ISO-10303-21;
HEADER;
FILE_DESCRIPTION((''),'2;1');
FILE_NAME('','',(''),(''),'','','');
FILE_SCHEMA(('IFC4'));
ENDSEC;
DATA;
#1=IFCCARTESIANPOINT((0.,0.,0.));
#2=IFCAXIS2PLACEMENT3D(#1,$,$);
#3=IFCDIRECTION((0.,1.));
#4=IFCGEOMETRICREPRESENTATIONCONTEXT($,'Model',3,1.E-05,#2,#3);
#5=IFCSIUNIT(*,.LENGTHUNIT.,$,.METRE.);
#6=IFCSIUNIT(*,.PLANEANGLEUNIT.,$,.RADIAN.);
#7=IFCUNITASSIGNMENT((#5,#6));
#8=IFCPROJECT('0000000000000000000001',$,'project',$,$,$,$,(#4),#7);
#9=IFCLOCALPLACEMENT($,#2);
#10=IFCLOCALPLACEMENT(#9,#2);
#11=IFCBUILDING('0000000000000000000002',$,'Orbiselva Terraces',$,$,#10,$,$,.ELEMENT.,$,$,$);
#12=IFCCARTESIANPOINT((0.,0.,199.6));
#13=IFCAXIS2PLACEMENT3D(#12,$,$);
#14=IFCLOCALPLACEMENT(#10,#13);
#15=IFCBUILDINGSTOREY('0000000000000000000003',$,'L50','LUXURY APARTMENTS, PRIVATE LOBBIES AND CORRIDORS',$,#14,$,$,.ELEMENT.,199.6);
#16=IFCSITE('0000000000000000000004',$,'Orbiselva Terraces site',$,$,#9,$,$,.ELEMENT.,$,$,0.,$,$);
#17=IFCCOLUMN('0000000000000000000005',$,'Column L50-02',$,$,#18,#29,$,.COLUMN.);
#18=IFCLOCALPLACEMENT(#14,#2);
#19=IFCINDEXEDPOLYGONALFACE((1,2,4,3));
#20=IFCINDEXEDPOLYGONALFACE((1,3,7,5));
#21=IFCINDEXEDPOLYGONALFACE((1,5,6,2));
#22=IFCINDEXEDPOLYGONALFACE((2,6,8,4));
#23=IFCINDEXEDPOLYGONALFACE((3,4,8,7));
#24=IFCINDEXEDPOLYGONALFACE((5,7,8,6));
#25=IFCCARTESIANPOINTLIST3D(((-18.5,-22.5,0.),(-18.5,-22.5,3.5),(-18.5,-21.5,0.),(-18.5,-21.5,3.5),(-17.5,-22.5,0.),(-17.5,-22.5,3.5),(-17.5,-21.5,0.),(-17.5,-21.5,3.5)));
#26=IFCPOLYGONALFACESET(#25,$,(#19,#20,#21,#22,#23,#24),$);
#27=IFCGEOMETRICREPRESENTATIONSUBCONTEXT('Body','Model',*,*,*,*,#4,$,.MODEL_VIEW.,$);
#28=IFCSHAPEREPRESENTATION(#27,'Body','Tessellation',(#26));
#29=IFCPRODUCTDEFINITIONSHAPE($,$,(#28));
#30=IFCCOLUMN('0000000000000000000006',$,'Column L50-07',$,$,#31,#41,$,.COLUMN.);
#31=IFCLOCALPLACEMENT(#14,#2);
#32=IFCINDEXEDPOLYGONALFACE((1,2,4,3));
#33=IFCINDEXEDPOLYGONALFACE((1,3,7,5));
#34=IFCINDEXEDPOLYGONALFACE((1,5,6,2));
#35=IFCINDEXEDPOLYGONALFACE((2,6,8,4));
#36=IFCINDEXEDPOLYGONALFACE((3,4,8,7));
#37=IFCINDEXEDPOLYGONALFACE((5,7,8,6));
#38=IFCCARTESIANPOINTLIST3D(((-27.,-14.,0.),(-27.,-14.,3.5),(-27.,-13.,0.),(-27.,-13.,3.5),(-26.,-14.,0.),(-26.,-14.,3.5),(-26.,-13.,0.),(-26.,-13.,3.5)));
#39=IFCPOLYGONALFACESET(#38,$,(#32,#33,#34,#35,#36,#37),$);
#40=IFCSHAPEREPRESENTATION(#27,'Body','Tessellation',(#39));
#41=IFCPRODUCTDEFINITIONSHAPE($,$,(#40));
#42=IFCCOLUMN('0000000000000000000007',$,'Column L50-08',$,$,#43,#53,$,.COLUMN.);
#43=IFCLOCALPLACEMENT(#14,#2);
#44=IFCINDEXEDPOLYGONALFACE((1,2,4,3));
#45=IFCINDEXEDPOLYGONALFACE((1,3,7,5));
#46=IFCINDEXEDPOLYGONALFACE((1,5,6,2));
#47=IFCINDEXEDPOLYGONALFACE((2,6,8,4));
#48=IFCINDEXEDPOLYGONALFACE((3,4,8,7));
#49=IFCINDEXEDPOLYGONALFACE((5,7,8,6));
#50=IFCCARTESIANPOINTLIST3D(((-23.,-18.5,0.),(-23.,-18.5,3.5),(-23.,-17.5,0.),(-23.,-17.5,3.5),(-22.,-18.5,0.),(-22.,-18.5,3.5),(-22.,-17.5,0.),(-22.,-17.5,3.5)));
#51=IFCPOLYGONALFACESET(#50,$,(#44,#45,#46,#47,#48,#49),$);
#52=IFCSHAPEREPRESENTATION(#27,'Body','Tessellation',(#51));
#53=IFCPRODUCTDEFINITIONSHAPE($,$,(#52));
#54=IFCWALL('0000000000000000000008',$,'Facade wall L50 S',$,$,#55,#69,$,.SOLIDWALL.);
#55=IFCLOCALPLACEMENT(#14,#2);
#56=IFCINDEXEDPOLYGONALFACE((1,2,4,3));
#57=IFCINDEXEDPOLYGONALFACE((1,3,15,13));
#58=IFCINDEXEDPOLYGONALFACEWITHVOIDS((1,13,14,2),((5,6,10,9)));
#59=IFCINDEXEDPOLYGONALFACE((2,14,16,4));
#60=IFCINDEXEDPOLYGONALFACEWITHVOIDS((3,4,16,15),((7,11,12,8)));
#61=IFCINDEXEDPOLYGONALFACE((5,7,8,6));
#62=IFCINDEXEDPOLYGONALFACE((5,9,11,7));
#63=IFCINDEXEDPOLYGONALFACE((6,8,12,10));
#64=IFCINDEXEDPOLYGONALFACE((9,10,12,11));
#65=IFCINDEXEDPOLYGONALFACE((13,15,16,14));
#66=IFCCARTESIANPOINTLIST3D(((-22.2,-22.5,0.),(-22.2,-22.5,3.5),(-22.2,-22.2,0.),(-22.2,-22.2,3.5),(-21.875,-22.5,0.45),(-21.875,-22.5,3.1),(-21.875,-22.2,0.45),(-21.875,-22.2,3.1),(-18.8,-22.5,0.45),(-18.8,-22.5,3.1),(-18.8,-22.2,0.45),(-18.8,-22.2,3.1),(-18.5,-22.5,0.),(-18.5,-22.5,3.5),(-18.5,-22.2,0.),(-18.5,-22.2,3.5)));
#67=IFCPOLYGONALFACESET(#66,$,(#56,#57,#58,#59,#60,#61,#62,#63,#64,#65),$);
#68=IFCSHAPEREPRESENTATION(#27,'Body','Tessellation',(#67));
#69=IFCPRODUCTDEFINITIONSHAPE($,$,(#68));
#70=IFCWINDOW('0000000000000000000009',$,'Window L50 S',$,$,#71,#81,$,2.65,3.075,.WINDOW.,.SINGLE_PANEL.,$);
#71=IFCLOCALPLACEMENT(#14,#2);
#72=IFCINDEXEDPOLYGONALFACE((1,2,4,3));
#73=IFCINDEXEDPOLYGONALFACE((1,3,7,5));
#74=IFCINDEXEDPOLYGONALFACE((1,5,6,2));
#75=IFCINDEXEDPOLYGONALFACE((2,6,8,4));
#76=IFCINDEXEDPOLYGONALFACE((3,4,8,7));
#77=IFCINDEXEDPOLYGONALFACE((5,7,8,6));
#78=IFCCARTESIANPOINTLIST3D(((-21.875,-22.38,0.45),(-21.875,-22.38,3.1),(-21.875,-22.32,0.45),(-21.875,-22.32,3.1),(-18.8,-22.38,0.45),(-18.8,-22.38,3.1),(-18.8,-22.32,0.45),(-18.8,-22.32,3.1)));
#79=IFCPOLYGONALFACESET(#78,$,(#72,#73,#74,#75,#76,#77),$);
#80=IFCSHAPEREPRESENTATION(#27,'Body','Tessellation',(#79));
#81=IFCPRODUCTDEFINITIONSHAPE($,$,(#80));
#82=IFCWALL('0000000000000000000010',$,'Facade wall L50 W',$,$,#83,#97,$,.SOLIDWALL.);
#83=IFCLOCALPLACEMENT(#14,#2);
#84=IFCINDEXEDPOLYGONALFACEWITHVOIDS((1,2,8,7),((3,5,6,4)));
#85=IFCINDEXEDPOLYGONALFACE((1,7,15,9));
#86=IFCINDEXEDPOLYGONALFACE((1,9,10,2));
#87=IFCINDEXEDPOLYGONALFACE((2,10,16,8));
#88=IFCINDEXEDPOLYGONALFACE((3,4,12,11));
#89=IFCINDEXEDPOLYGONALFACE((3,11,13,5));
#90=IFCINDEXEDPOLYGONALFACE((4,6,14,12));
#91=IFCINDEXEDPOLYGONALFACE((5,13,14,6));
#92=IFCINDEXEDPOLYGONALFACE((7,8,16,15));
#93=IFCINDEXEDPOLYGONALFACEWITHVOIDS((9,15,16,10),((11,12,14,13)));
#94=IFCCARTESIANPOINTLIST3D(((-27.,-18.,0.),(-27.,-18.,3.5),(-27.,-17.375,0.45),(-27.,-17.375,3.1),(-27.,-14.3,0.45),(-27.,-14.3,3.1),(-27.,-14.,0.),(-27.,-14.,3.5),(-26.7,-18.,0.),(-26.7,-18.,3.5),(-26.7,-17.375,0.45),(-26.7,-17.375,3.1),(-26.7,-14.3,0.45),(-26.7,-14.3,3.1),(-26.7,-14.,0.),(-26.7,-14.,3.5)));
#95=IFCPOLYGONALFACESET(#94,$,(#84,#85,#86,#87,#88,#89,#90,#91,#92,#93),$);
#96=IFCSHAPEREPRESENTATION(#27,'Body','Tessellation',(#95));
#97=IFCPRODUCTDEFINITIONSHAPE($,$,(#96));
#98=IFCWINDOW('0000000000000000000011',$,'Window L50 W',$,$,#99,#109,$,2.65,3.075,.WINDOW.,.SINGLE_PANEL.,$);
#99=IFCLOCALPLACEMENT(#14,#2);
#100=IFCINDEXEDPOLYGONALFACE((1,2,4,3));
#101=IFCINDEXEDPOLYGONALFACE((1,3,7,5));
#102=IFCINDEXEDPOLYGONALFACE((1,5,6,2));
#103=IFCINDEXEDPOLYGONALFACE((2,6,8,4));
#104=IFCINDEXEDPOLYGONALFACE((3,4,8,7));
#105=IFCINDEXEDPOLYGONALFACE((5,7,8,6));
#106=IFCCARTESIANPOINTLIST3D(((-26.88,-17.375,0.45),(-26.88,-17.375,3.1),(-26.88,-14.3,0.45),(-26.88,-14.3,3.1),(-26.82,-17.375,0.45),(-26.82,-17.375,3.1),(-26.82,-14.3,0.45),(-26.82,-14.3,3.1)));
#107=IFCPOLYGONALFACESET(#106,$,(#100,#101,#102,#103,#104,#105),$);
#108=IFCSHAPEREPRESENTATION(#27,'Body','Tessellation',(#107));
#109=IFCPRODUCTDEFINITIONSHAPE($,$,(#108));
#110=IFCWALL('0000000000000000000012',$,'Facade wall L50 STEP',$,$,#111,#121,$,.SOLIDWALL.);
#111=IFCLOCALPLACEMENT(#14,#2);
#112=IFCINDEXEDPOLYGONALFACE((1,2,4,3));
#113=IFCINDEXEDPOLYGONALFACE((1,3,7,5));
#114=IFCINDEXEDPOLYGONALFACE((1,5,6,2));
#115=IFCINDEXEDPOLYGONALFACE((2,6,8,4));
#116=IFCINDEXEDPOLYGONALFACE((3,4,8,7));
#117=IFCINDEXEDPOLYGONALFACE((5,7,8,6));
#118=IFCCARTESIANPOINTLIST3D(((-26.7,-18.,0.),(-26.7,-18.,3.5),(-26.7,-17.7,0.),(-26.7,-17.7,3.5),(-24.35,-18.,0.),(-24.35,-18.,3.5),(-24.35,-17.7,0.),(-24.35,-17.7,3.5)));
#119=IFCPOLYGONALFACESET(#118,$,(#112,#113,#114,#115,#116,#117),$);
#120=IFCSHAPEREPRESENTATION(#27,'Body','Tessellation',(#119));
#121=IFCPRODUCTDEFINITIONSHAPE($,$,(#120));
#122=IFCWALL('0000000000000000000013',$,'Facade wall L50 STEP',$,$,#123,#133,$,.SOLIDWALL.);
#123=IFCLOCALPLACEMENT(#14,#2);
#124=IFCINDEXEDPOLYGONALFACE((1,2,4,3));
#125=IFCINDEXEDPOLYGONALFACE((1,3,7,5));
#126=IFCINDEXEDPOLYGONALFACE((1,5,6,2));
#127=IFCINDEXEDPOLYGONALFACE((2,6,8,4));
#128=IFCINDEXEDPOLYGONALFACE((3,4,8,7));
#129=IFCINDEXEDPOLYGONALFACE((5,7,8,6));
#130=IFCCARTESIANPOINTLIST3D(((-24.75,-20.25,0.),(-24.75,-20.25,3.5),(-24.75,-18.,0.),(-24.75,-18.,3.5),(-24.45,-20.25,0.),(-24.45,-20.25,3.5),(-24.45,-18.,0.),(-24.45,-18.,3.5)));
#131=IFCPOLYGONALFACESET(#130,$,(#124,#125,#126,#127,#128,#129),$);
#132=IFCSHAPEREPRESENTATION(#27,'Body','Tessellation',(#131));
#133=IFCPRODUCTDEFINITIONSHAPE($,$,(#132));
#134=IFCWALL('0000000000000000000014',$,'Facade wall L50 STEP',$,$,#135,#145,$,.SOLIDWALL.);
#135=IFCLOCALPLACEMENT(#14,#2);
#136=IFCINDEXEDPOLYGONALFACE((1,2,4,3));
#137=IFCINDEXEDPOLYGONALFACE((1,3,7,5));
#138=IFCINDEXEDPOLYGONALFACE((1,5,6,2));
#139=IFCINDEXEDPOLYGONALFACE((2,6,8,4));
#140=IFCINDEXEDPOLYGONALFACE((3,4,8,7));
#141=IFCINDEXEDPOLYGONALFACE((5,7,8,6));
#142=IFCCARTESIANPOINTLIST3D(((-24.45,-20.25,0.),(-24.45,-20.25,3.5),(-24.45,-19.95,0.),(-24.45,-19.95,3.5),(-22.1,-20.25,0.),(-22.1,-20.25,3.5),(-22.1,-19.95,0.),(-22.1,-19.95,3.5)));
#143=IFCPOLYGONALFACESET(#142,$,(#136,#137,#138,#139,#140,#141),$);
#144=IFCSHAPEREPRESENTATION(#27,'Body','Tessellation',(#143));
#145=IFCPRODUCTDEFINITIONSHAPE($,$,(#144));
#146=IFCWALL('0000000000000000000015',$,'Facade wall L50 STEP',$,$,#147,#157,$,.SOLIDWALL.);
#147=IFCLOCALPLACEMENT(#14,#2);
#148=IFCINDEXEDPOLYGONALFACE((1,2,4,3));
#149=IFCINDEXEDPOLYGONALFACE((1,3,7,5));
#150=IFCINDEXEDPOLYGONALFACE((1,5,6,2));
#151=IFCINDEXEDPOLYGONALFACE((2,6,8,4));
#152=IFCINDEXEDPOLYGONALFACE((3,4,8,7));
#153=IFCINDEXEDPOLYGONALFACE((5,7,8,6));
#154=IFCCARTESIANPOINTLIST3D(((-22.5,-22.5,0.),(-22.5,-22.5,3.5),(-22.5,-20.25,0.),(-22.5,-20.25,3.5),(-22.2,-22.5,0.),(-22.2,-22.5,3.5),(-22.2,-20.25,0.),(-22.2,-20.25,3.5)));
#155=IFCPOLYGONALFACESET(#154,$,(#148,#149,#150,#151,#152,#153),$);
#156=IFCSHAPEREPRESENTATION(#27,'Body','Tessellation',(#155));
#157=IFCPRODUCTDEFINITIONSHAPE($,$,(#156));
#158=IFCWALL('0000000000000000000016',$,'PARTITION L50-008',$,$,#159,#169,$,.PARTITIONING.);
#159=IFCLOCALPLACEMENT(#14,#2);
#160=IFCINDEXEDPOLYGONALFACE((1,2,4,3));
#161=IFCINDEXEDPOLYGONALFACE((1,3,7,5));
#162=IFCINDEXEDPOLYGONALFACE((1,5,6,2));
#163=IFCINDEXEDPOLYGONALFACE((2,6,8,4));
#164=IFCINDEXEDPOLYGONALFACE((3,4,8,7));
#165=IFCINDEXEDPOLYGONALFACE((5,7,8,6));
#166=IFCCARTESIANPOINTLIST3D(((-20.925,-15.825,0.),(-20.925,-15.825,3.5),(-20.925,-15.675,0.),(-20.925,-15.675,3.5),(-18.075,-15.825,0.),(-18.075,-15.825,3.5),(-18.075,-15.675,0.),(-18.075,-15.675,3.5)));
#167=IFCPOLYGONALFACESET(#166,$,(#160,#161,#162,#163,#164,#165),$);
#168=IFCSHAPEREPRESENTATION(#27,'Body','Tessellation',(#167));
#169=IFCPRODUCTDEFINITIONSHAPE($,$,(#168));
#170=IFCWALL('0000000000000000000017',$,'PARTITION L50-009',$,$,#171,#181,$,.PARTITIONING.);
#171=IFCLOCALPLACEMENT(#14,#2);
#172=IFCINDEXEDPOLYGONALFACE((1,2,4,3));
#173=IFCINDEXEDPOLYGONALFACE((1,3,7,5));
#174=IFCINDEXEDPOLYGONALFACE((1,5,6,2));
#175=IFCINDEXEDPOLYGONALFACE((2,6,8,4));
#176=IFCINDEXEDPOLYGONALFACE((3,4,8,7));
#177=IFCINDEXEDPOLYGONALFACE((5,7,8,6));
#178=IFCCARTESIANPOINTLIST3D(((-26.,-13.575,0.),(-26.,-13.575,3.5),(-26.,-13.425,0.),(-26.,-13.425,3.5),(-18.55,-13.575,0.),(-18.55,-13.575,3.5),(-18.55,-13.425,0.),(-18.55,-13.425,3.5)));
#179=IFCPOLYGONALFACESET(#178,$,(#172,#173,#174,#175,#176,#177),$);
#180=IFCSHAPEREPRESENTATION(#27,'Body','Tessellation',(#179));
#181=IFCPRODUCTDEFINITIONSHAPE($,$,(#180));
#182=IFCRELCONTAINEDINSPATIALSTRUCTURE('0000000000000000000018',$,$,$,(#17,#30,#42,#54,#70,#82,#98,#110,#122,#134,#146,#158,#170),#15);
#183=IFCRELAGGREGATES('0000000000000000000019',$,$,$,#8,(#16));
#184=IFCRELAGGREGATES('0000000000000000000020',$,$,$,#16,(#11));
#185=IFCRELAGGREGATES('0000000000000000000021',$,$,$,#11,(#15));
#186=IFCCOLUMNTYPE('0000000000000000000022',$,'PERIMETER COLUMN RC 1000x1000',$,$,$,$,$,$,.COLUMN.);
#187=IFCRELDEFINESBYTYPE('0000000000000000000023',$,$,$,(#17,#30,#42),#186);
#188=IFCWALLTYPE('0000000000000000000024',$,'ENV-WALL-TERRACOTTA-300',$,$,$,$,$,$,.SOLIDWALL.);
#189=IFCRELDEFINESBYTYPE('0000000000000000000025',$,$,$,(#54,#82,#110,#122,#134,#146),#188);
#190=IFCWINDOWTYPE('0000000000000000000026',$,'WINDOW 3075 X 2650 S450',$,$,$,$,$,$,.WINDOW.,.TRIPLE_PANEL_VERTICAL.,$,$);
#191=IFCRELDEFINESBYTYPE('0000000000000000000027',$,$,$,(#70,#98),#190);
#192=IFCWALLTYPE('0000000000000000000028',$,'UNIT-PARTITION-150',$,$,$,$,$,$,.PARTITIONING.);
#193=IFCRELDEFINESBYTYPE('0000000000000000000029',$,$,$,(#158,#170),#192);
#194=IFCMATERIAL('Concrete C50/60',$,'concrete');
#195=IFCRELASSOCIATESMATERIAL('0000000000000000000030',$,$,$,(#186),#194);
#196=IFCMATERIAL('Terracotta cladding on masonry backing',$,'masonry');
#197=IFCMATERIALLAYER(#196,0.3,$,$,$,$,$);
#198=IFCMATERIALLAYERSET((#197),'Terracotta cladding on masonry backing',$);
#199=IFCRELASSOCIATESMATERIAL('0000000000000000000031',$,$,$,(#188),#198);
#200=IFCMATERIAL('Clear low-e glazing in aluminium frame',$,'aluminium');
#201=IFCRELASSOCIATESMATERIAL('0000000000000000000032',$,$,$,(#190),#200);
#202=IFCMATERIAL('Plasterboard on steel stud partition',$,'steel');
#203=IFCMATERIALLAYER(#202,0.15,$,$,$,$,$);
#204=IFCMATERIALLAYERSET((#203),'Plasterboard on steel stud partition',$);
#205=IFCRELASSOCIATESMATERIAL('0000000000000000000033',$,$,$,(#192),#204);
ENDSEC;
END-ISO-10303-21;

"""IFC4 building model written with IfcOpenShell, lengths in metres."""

from ifc_helpers import new_model, si_unit, direction, frame, frame_2d, origin, origin_2d, place, context, subcontext, project, spatial, rectangle, extrude, material, layer, layer_set, material_profile, profile_set, type_object, element, fill, save


model = new_model("IFC4")

# Units and contexts
model_context = context("Model", 3, precision=1e-05, world=origin(), true_north=direction((0.0, 1.0)))
body_context = subcontext(model_context, "Body", "Model", "MODEL_VIEW")
ifc_project = project(units=[si_unit("LENGTHUNIT", "METRE"), si_unit("PLANEANGLEUNIT", "RADIAN")], contexts=[model_context])

# Site, building, storey
site_placement = place(None, origin())
site = spatial("IfcSite", under=ifc_project, at=site_placement, Name="Orbiselva Terraces site", CompositionType="ELEMENT", RefElevation=0.0)
building_placement = place(site_placement, origin())
building = spatial("IfcBuilding", under=site, at=building_placement, Name="Orbiselva Terraces", CompositionType="ELEMENT")
storey_placement = place(building_placement, frame((0.0, 0.0, 199.6)))
storey = spatial("IfcBuildingStorey", under=building, at=storey_placement, Name="L50", Description="LUXURY APARTMENTS, PRIVATE LOBBIES AND CORRIDORS", CompositionType="ELEMENT", Elevation=199.6)

# Columns
ifc_material_1 = material(Name="Concrete C50/60", Category="concrete")
ifc_material_profile = material_profile(ifc_material_1, rectangle(XDim=1.0, YDim=1.0, at=origin_2d()), Name="RC 1000x1000")
ifc_profile_set = profile_set([ifc_material_profile], Name="Concrete C50/60")
column_type = type_object("IfcColumnType", Name="PERIMETER COLUMN RC 1000x1000", PredefinedType="COLUMN", material=ifc_profile_set)
for number, where, z_axis, x_axis, name in (
    (1, (-18.0, -22.0, 0.0), (0.0, 0.0, 1.0), (1.0, 0.0, 0.0), "Column L50-02"),
    (2, (-26.5, -13.5, 0.0), (0.0, 0.0, 1.0), (1.0, 0.0, 0.0), "Column L50-07"),
    (3, (-22.5, -18.0, 0.0), (0.0, 0.0, 1.0), (1.0, 0.0, 0.0), "Column L50-08"),
):
    element("IfcColumn", number, at=place(storey_placement, frame(where, z_axis=z_axis, x_axis=x_axis)), inside=storey, type_object=column_type, Name=name, PredefinedType="COLUMN", context=body_context, shape_type="SweptSolid", body=[
        extrude(rectangle(XDim=1.0, YDim=1.0, at=origin_2d()), origin(), (0.0, 0.0, 1.0), 3.5),
    ])

# Walls, openings, windows
ifc_material_2 = material(Name="Terracotta cladding on masonry backing", Category="masonry")
ifc_layer_1 = layer(ifc_material_2, 0.3)
ifc_layer_set_1 = layer_set([ifc_layer_1], Name="Terracotta cladding on masonry backing")
wall_type_1 = type_object("IfcWallType", Name="ENV-WALL-TERRACOTTA-300", PredefinedType="SOLIDWALL", material=ifc_layer_set_1)
wall_1_placement = place(storey_placement, frame((-18.5, -22.35, 0.0), z_axis=(0.0, 0.0, 1.0), x_axis=(-1.0, 0.0, 0.0)))
wall_1 = element("IfcWall", 4, at=wall_1_placement, inside=storey, type_object=wall_type_1, Name="Facade wall L50 S", PredefinedType="SOLIDWALL", context=body_context, shape_type="SweptSolid", body=[
    extrude(rectangle(XDim=3.7, YDim=0.3, at=frame_2d((1.85, 0.0))), origin(), (0.0, 0.0, 1.0), 3.5),
])
opening_1_placement = place(wall_1_placement, frame((0.3, 0.0, 0.45)))
opening_1 = element("IfcOpeningElement", 5, at=opening_1_placement, cuts=wall_1, PredefinedType="OPENING", context=body_context, shape_type="SweptSolid", body=[
    extrude(rectangle(XDim=3.075, YDim=2.65, at=frame_2d((1.5375, 1.325))), frame((0.0, 0.16, 0.0), z_axis=(0.0, -1.0, 0.0), x_axis=(1.0, 0.0, 0.0)), (0.0, 0.0, 1.0), 0.32),
])
ifc_material_3 = material(Name="Clear low-e glazing in aluminium frame", Category="aluminium")
window_type = type_object("IfcWindowType", Name="WINDOW 3075 X 2650 S450", PartitioningType="TRIPLE_PANEL_VERTICAL", PredefinedType="WINDOW", material=ifc_material_3)
window_1_placement = place(opening_1_placement, origin())
window_1 = element("IfcWindow", 6, at=window_1_placement, inside=storey, type_object=window_type, Name="Window L50 S", OverallHeight=2.65, OverallWidth=3.075, PartitioningType="SINGLE_PANEL", PredefinedType="WINDOW", context=body_context, shape_type="SweptSolid", body=[
    extrude(rectangle(XDim=3.075, YDim=2.65, at=frame_2d((1.5375, 1.325))), frame((0.0, 0.03, 0.0), z_axis=(0.0, -1.0, 0.0), x_axis=(1.0, 0.0, 0.0)), (0.0, 0.0, 1.0), 0.06),
])
fill(opening_1, window_1)
wall_2_placement = place(storey_placement, frame((-26.85, -18.0, 0.0), z_axis=(0.0, 0.0, 1.0), x_axis=(0.0, 1.0, 0.0)))
wall_2 = element("IfcWall", 7, at=wall_2_placement, inside=storey, type_object=wall_type_1, Name="Facade wall L50 W", PredefinedType="SOLIDWALL", context=body_context, shape_type="SweptSolid", body=[
    extrude(rectangle(XDim=4.0, YDim=0.3, at=frame_2d((2.0, 0.0))), origin(), (0.0, 0.0, 1.0), 3.5),
])
opening_2_placement = place(wall_2_placement, frame((0.625, 0.0, 0.45)))
opening_2 = element("IfcOpeningElement", 8, at=opening_2_placement, cuts=wall_2, PredefinedType="OPENING", context=body_context, shape_type="SweptSolid", body=[
    extrude(rectangle(XDim=3.075, YDim=2.65, at=frame_2d((1.5375, 1.325))), frame((0.0, 0.16, 0.0), z_axis=(0.0, -1.0, 0.0), x_axis=(1.0, 0.0, 0.0)), (0.0, 0.0, 1.0), 0.32),
])
window_2_placement = place(opening_2_placement, origin())
window_2 = element("IfcWindow", 9, at=window_2_placement, inside=storey, type_object=window_type, Name="Window L50 W", OverallHeight=2.65, OverallWidth=3.075, PartitioningType="SINGLE_PANEL", PredefinedType="WINDOW", context=body_context, shape_type="SweptSolid", body=[
    extrude(rectangle(XDim=3.075, YDim=2.65, at=frame_2d((1.5375, 1.325))), frame((0.0, 0.03, 0.0), z_axis=(0.0, -1.0, 0.0), x_axis=(1.0, 0.0, 0.0)), (0.0, 0.0, 1.0), 0.06),
])
fill(opening_2, window_2)

# Walls
wall_3_placement = place(storey_placement, frame((-24.35, -17.85, 0.0), z_axis=(0.0, 0.0, 1.0), x_axis=(-1.0, 0.0, 0.0)))
element("IfcWall", 10, at=wall_3_placement, inside=storey, type_object=wall_type_1, Name="Facade wall L50 STEP", PredefinedType="SOLIDWALL", context=body_context, shape_type="SweptSolid", body=[
    extrude(rectangle(XDim=2.35, YDim=0.3, at=frame_2d((1.175, 0.0))), origin(), (0.0, 0.0, 1.0), 3.5),
])
wall_4_placement = place(storey_placement, frame((-24.6, -20.25, 0.0), z_axis=(0.0, 0.0, 1.0), x_axis=(0.0, 1.0, 0.0)))
element("IfcWall", 11, at=wall_4_placement, inside=storey, type_object=wall_type_1, Name="Facade wall L50 STEP", PredefinedType="SOLIDWALL", context=body_context, shape_type="SweptSolid", body=[
    extrude(rectangle(XDim=2.25, YDim=0.3, at=frame_2d((1.125, 0.0))), origin(), (0.0, 0.0, 1.0), 3.5),
])
wall_5_placement = place(storey_placement, frame((-22.1, -20.1, 0.0), z_axis=(0.0, 0.0, 1.0), x_axis=(-1.0, 0.0, 0.0)))
element("IfcWall", 12, at=wall_5_placement, inside=storey, type_object=wall_type_1, Name="Facade wall L50 STEP", PredefinedType="SOLIDWALL", context=body_context, shape_type="SweptSolid", body=[
    extrude(rectangle(XDim=2.35, YDim=0.3, at=frame_2d((1.175, 0.0))), origin(), (0.0, 0.0, 1.0), 3.5),
])
wall_6_placement = place(storey_placement, frame((-22.35, -22.5, 0.0), z_axis=(0.0, 0.0, 1.0), x_axis=(0.0, 1.0, 0.0)))
element("IfcWall", 13, at=wall_6_placement, inside=storey, type_object=wall_type_1, Name="Facade wall L50 STEP", PredefinedType="SOLIDWALL", context=body_context, shape_type="SweptSolid", body=[
    extrude(rectangle(XDim=2.25, YDim=0.3, at=frame_2d((1.125, 0.0))), origin(), (0.0, 0.0, 1.0), 3.5),
])
ifc_material_4 = material(Name="Plasterboard on steel stud partition", Category="steel")
ifc_layer_2 = layer(ifc_material_4, 0.15)
ifc_layer_set_2 = layer_set([ifc_layer_2], Name="Plasterboard on steel stud partition")
wall_type_2 = type_object("IfcWallType", Name="UNIT-PARTITION-150", PredefinedType="PARTITIONING", material=ifc_layer_set_2)
wall_7_placement = place(storey_placement, frame((-20.925, -15.75, 0.0), z_axis=(0.0, 0.0, 1.0), x_axis=(1.0, 0.0, 0.0)))
element("IfcWall", 14, at=wall_7_placement, inside=storey, type_object=wall_type_2, Name="PARTITION L50-008", PredefinedType="PARTITIONING", context=body_context, shape_type="SweptSolid", body=[
    extrude(rectangle(XDim=2.85, YDim=0.15, at=frame_2d((1.425, 0.0))), origin(), (0.0, 0.0, 1.0), 3.5),
])
wall_8_placement = place(storey_placement, frame((-26.0, -13.5, 0.0), z_axis=(0.0, 0.0, 1.0), x_axis=(1.0, 0.0, 0.0)))
element("IfcWall", 15, at=wall_8_placement, inside=storey, type_object=wall_type_2, Name="PARTITION L50-009", PredefinedType="PARTITIONING", context=body_context, shape_type="SweptSolid", body=[
    extrude(rectangle(XDim=7.45, YDim=0.15, at=frame_2d((3.725, 0.0))), origin(), (0.0, 0.0, 1.0), 3.5),
])

save(model, "model.ifc")
